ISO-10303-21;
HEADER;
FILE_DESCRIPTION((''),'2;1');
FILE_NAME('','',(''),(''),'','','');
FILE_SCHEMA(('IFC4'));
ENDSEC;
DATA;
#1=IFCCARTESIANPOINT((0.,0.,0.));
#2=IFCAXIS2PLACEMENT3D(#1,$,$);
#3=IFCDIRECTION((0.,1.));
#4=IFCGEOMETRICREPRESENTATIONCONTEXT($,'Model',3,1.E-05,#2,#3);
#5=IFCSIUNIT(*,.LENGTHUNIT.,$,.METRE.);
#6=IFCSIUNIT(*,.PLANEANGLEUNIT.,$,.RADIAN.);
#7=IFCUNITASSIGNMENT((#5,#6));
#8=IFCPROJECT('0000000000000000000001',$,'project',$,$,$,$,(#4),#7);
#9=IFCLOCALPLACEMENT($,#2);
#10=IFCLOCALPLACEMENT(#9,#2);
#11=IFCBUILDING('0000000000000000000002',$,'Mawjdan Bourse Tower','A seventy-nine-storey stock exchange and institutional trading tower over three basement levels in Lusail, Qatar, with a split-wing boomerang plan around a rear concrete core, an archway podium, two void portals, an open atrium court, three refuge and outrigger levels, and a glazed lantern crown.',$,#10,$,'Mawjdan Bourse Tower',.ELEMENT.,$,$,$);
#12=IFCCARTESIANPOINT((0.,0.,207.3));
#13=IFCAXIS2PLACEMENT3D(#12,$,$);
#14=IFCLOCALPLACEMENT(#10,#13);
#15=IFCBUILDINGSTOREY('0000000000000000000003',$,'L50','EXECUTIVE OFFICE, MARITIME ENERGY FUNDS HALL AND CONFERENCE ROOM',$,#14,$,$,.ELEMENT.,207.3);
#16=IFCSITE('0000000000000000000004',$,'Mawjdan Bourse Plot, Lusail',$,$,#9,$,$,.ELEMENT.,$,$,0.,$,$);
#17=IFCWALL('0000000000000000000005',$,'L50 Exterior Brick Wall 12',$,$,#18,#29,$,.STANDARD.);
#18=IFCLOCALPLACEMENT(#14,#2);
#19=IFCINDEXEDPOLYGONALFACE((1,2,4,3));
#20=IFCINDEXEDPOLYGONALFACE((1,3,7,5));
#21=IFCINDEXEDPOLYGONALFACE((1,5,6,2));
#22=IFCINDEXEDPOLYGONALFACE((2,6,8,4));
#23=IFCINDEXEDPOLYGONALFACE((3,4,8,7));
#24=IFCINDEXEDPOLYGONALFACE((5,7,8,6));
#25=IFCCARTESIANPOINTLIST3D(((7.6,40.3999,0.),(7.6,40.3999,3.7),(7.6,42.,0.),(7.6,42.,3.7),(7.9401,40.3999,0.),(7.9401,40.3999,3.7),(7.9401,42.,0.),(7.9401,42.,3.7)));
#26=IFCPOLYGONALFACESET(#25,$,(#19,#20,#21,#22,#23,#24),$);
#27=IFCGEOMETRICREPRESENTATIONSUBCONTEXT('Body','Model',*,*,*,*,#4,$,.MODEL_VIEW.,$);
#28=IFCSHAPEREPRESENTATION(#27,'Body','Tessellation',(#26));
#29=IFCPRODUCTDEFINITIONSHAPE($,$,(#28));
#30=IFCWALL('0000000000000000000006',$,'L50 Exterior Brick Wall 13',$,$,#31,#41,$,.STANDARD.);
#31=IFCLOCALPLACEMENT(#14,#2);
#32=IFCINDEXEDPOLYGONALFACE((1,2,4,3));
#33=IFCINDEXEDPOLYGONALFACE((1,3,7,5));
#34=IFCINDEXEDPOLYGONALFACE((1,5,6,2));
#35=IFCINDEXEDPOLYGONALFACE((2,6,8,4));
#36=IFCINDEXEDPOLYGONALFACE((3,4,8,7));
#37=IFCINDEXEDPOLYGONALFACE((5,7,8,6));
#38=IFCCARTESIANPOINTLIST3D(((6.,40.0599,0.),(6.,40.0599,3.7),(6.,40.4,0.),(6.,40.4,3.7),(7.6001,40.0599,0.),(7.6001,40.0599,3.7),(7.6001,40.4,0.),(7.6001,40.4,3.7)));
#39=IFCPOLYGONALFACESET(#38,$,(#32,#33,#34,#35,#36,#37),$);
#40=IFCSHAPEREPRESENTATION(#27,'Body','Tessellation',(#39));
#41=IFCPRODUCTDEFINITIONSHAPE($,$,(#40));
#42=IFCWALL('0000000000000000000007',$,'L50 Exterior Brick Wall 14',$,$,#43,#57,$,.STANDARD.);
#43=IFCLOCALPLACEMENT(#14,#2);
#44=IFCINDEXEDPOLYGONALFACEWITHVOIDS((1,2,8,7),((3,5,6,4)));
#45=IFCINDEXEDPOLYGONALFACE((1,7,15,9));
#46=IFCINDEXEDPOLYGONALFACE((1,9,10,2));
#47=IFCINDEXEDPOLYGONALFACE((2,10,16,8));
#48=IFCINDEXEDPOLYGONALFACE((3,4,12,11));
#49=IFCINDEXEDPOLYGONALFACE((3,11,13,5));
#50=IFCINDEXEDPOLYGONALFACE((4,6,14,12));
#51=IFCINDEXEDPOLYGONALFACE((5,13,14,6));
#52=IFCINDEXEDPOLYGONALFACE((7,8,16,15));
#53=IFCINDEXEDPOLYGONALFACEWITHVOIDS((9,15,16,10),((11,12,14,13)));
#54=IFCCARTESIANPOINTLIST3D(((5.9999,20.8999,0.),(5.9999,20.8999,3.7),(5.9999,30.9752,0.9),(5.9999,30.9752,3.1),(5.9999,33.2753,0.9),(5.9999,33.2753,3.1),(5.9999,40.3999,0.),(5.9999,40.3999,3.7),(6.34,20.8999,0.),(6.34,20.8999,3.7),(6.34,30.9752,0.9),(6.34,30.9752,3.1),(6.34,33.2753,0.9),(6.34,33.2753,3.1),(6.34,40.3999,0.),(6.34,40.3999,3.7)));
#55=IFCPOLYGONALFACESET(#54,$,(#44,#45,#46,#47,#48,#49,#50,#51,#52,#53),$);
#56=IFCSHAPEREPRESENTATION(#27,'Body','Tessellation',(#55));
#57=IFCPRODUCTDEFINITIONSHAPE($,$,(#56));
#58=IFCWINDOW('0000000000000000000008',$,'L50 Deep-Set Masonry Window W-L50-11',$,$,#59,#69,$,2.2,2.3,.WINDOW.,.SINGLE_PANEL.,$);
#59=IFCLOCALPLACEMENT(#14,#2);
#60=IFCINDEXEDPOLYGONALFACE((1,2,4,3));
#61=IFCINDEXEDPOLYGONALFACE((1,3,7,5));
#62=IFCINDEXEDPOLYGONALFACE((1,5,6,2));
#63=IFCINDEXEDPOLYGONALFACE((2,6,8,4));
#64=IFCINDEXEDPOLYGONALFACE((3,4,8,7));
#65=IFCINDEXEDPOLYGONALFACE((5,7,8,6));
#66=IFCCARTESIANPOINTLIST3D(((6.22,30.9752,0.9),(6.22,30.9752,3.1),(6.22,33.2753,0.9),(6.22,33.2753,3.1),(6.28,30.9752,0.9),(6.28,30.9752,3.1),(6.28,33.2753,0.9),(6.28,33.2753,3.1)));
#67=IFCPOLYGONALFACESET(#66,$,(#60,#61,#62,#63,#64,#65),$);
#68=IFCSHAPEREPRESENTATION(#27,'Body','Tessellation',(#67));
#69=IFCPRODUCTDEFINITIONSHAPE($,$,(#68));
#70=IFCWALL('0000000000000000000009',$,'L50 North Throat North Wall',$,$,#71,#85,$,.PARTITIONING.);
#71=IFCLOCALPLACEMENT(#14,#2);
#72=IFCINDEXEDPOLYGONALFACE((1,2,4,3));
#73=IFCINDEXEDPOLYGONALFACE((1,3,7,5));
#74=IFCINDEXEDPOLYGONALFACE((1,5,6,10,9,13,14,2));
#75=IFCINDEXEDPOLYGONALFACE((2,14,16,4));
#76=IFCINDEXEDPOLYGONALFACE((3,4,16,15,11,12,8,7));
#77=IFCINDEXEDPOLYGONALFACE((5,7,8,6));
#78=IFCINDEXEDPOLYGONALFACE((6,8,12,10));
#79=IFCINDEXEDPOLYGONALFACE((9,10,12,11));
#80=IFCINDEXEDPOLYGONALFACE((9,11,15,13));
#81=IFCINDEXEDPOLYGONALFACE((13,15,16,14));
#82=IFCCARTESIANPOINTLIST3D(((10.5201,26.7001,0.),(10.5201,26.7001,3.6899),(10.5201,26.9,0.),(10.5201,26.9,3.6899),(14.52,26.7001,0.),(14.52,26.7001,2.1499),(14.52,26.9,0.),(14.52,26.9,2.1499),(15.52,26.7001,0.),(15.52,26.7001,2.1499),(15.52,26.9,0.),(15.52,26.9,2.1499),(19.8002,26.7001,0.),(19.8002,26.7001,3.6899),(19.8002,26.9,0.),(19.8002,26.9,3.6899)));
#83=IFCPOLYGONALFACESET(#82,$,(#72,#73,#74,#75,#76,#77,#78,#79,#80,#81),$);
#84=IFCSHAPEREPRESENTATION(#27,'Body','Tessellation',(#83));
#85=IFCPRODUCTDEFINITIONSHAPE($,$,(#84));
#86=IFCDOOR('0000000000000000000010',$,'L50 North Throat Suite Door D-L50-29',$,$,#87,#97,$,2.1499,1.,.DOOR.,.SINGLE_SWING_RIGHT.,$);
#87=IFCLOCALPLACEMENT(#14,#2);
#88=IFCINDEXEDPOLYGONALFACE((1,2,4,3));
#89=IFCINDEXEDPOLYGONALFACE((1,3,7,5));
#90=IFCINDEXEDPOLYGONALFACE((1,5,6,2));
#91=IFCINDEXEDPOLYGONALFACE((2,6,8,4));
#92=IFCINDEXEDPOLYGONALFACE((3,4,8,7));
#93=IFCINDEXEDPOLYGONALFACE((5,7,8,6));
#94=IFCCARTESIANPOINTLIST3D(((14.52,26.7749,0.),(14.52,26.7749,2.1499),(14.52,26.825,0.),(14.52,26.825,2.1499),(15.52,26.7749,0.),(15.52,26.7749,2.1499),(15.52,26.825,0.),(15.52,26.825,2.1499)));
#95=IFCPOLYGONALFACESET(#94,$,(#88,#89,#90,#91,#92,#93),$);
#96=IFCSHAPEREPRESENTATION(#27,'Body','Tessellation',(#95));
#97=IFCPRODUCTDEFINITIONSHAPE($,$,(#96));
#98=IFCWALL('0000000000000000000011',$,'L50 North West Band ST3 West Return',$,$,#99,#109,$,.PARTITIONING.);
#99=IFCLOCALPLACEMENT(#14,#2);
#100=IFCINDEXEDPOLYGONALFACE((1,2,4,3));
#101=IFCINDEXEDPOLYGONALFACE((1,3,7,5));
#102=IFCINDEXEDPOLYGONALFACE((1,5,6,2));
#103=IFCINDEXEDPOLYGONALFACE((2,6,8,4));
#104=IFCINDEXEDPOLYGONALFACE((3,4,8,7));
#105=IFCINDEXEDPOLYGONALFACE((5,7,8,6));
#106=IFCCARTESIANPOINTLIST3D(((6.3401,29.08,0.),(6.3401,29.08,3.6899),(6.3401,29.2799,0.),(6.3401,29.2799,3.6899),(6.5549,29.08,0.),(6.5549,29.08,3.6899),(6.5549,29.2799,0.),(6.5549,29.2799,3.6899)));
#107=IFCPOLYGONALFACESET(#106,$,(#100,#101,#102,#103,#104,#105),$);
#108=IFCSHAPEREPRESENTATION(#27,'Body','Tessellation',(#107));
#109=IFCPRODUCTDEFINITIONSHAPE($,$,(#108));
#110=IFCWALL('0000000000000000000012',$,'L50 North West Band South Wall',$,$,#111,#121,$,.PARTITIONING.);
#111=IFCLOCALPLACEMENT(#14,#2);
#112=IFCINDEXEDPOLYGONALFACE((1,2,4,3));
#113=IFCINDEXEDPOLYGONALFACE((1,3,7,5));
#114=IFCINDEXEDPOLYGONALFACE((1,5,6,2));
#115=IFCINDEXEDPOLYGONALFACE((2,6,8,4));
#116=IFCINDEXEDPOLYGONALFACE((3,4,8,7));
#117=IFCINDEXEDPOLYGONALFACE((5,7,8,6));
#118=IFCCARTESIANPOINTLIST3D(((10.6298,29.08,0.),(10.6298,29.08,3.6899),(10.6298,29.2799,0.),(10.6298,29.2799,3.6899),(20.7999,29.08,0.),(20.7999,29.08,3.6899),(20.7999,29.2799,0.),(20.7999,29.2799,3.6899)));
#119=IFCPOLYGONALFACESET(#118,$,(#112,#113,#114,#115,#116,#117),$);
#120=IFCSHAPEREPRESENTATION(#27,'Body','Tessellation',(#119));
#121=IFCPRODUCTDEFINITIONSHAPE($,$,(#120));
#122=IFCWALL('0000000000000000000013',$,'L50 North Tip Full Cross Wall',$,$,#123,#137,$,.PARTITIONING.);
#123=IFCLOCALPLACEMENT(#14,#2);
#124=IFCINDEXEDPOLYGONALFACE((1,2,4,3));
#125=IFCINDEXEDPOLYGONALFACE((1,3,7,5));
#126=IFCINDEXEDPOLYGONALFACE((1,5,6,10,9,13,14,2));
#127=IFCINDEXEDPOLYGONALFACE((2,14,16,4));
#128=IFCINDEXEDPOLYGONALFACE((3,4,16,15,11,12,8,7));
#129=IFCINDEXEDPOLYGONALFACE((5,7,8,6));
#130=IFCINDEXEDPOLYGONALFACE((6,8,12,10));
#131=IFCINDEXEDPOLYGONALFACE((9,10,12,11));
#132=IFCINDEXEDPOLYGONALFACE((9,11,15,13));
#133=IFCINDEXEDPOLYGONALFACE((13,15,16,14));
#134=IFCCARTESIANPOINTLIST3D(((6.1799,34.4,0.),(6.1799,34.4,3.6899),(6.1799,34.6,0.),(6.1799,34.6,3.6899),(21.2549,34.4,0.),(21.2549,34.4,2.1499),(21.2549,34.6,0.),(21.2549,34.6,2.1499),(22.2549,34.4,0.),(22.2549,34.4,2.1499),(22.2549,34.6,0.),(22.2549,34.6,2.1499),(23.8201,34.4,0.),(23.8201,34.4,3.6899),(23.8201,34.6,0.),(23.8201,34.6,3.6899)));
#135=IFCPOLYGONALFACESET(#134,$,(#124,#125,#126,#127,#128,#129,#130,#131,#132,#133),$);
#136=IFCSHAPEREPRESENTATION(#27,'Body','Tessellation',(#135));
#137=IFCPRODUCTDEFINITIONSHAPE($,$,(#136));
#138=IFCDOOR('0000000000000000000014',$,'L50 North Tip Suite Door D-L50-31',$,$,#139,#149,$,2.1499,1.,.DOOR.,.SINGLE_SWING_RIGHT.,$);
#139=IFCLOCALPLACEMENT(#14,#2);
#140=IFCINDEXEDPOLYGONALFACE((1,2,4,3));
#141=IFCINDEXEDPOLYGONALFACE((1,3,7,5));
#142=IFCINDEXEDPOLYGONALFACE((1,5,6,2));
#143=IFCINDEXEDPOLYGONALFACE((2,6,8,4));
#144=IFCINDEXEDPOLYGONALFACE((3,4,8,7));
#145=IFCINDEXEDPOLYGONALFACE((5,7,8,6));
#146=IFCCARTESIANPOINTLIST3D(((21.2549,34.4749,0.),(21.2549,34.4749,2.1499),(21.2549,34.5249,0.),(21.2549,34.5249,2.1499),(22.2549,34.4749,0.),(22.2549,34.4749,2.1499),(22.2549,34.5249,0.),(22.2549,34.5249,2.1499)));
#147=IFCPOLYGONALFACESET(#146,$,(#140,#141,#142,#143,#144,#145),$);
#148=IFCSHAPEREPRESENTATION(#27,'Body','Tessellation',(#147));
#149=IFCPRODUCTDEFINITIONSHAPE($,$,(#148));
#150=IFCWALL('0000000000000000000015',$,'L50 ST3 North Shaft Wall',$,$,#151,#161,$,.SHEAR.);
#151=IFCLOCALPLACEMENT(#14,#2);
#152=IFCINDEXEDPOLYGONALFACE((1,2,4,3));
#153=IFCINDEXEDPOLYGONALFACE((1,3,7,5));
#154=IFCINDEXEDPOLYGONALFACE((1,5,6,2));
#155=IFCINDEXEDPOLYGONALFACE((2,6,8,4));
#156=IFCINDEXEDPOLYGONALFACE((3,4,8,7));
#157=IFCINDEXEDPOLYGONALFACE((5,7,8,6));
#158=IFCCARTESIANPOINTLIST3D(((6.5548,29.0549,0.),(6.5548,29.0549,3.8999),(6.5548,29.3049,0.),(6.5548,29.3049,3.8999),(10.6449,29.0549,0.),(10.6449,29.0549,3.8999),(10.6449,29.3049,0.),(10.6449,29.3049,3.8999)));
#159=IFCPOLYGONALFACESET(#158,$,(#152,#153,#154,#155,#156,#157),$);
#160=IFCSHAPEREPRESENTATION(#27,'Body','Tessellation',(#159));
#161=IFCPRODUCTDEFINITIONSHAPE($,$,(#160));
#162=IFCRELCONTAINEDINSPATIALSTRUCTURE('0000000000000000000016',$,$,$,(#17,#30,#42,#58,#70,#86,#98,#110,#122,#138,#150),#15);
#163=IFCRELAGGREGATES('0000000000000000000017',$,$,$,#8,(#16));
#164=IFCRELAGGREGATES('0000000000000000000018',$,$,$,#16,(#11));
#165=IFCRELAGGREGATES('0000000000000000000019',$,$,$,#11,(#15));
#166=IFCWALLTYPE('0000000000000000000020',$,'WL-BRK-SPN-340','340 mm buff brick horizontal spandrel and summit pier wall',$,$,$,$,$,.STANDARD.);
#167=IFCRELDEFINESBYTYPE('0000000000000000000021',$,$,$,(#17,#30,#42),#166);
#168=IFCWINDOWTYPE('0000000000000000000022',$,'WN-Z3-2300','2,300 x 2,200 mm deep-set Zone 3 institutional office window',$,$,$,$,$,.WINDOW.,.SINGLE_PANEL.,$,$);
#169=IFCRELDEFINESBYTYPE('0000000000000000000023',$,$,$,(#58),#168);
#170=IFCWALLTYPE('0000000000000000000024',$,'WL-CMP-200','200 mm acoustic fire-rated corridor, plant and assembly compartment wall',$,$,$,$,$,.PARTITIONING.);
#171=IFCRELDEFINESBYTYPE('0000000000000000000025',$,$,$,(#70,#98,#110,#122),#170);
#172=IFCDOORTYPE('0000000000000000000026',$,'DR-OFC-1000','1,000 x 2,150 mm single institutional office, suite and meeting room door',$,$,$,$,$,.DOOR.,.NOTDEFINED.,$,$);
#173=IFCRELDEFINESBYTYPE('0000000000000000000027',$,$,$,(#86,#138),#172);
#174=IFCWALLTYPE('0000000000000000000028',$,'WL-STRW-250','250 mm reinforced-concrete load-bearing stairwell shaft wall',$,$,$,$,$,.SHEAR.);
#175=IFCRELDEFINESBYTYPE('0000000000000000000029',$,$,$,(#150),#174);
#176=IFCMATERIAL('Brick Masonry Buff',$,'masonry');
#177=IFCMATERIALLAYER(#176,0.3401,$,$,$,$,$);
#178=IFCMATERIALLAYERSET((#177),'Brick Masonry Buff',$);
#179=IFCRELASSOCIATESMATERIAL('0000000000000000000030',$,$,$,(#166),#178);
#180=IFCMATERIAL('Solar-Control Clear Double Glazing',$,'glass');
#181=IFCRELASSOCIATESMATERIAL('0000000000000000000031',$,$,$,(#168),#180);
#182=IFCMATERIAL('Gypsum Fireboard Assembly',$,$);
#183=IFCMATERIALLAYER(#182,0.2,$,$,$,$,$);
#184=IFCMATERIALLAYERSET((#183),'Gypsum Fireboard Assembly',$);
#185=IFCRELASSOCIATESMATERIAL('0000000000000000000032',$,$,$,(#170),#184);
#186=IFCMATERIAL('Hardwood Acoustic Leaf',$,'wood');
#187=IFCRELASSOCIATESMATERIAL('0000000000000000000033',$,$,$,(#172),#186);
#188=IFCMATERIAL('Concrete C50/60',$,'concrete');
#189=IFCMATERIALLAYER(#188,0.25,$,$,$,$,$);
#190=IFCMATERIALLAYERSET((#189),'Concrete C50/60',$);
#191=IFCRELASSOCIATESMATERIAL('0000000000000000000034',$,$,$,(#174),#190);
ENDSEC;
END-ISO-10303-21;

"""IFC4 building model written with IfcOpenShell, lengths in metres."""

from ifc_helpers import new_model, si_unit, direction, frame, frame_2d, origin, place, context, subcontext, project, spatial, rectangle, extrude, material, layer, layer_set, type_object, element, fill, save


model = new_model("IFC4")

# Units and contexts
model_context = context("Model", 3, precision=1e-05, world=origin(), true_north=direction((0.0, 1.0)))
body_context = subcontext(model_context, "Body", "Model", "MODEL_VIEW")
ifc_project = project(units=[si_unit("LENGTHUNIT", "METRE"), si_unit("PLANEANGLEUNIT", "RADIAN")], contexts=[model_context])

# Site, building, storey
site_placement = place(None, origin())
site = spatial("IfcSite", under=ifc_project, at=site_placement, Name="Mawjdan Bourse Plot, Lusail", CompositionType="ELEMENT", RefElevation=0.0)
building_placement = place(site_placement, origin())
building = spatial("IfcBuilding", under=site, at=building_placement, Name="Mawjdan Bourse Tower", Description="A seventy-nine-storey stock exchange and institutional trading tower over three basement levels in Lusail, Qatar, with a split-wing boomerang plan around a rear concrete core, an archway podium, two void portals, an open atrium court, three refuge and outrigger levels, and a glazed lantern crown.", LongName="Mawjdan Bourse Tower", CompositionType="ELEMENT")
storey_placement = place(building_placement, frame((0.0, 0.0, 207.3)))
storey = spatial("IfcBuildingStorey", under=building, at=storey_placement, Name="L50", Description="EXECUTIVE OFFICE, MARITIME ENERGY FUNDS HALL AND CONFERENCE ROOM", CompositionType="ELEMENT", Elevation=207.3)

# Walls
ifc_material_1 = material(Name="Brick Masonry Buff", Category="masonry")
ifc_layer_1 = layer(ifc_material_1, 0.3401)
ifc_layer_set_1 = layer_set([ifc_layer_1], Name="Brick Masonry Buff")
wall_type_1 = type_object("IfcWallType", Name="WL-BRK-SPN-340", Description="340 mm buff brick horizontal spandrel and summit pier wall", PredefinedType="STANDARD", material=ifc_layer_set_1)
for number, where, z_axis, x_axis, name in (
    (1, (7.77, 42.0, 0.0), (0.0, 0.0, 1.0), (0.0, -1.0, 0.0), "L50 Exterior Brick Wall 12"),
    (2, (7.6001, 40.23, 0.0), (0.0, 0.0, 1.0), (-1.0, 0.0, 0.0), "L50 Exterior Brick Wall 13"),
):
    element("IfcWall", number, at=place(storey_placement, frame(where, z_axis=z_axis, x_axis=x_axis)), inside=storey, type_object=wall_type_1, Name=name, PredefinedType="STANDARD", context=body_context, shape_type="SweptSolid", body=[
        extrude(rectangle(XDim=1.6001, YDim=0.3401, at=frame_2d((0.8, 0.0))), origin(), (0.0, 0.0, 1.0), 3.7),
    ])

# Wall, opening, window
wall_1_placement = place(storey_placement, frame((6.1699, 40.3999, 0.0), z_axis=(0.0, 0.0, 1.0), x_axis=(0.0, -1.0, 0.0)))
wall_1 = element("IfcWall", 3, at=wall_1_placement, inside=storey, type_object=wall_type_1, Name="L50 Exterior Brick Wall 14", PredefinedType="STANDARD", context=body_context, shape_type="SweptSolid", body=[
    extrude(rectangle(XDim=19.5, YDim=0.3401, at=frame_2d((9.75, 0.0))), origin(), (0.0, 0.0, 1.0), 3.7),
])
opening_1_placement = place(wall_1_placement, frame((7.1248, 0.0, 0.8999)))
opening_1 = element("IfcOpeningElement", 4, at=opening_1_placement, cuts=wall_1, PredefinedType="OPENING", context=body_context, shape_type="SweptSolid", body=[
    extrude(rectangle(XDim=2.3, YDim=2.2, at=frame_2d((1.1499, 1.1001))), frame((0.0, 0.1802, 0.0), z_axis=(0.0, -1.0, 0.0), x_axis=(1.0, 0.0, 0.0)), (0.0, 0.0, 1.0), 0.3601),
])
ifc_material_2 = material(Name="Solar-Control Clear Double Glazing", Category="glass")
window_type = type_object("IfcWindowType", Name="WN-Z3-2300", Description="2,300 x 2,200 mm deep-set Zone 3 institutional office window", PartitioningType="SINGLE_PANEL", PredefinedType="WINDOW", material=ifc_material_2)
window_placement = place(opening_1_placement, origin())
window = element("IfcWindow", 5, at=window_placement, inside=storey, type_object=window_type, Name="L50 Deep-Set Masonry Window W-L50-11", OverallHeight=2.2, OverallWidth=2.3, PartitioningType="SINGLE_PANEL", PredefinedType="WINDOW", context=body_context, shape_type="SweptSolid", body=[
    extrude(rectangle(XDim=2.3, YDim=2.2, at=frame_2d((1.1499, 1.1001))), frame((0.0, 0.1101, 0.0), z_axis=(0.0, -1.0, 0.0), x_axis=(1.0, 0.0, 0.0)), (0.0, 0.0, 1.0), 0.0601),
])
fill(opening_1, window)

# Wall, opening, door
ifc_material_3 = material(Name="Gypsum Fireboard Assembly")
ifc_layer_2 = layer(ifc_material_3, 0.2)
ifc_layer_set_2 = layer_set([ifc_layer_2], Name="Gypsum Fireboard Assembly")
wall_type_2 = type_object("IfcWallType", Name="WL-CMP-200", Description="200 mm acoustic fire-rated corridor, plant and assembly compartment wall", PredefinedType="PARTITIONING", material=ifc_layer_set_2)
wall_2_placement = place(storey_placement, frame((10.52, 26.8, 0.0), z_axis=(0.0, 0.0, 1.0), x_axis=(1.0, 0.0, 0.0)))
wall_2 = element("IfcWall", 6, at=wall_2_placement, inside=storey, type_object=wall_type_2, Name="L50 North Throat North Wall", PredefinedType="PARTITIONING", context=body_context, shape_type="SweptSolid", body=[
    extrude(rectangle(XDim=9.28, YDim=0.2, at=frame_2d((4.6401, 0.0))), origin(), (0.0, 0.0, 1.0), 3.6899),
])
opening_2_placement = place(wall_2_placement, frame((4.0, 0.0, 0.0)))
opening_2 = element("IfcOpeningElement", 7, at=opening_2_placement, cuts=wall_2, PredefinedType="OPENING", context=body_context, shape_type="SweptSolid", body=[
    extrude(rectangle(XDim=1.0, YDim=2.1499, at=frame_2d((0.5, 1.075))), frame((0.0, 0.1099, 0.0), z_axis=(0.0, -1.0, 0.0), x_axis=(1.0, 0.0, 0.0)), (0.0, 0.0, 1.0), 0.22),
])
ifc_material_4 = material(Name="Hardwood Acoustic Leaf", Category="wood")
door_type = type_object("IfcDoorType", Name="DR-OFC-1000", Description="1,000 x 2,150 mm single institutional office, suite and meeting room door", OperationType="NOTDEFINED", PredefinedType="DOOR", material=ifc_material_4)
door_1_placement = place(opening_2_placement, origin())
door_1 = element("IfcDoor", 8, at=door_1_placement, inside=storey, type_object=door_type, Name="L50 North Throat Suite Door D-L50-29", OperationType="SINGLE_SWING_RIGHT", OverallHeight=2.1499, OverallWidth=1.0, PredefinedType="DOOR", context=body_context, shape_type="SweptSolid", body=[
    extrude(rectangle(XDim=1.0, YDim=2.1499, at=frame_2d((0.5, 1.075))), frame((0.0, 0.0249, 0.0), z_axis=(0.0, -1.0, 0.0), x_axis=(1.0, 0.0, 0.0)), (0.0, 0.0, 1.0), 0.05),
])
fill(opening_2, door_1)

# Walls
wall_3_placement = place(storey_placement, frame((6.3401, 29.1799, 0.0), z_axis=(0.0, 0.0, 1.0), x_axis=(1.0, 0.0, 0.0)))
element("IfcWall", 9, at=wall_3_placement, inside=storey, type_object=wall_type_2, Name="L50 North West Band ST3 West Return", PredefinedType="PARTITIONING", context=body_context, shape_type="SweptSolid", body=[
    extrude(rectangle(XDim=0.2148, YDim=0.2, at=frame_2d((0.1074, 0.0))), origin(), (0.0, 0.0, 1.0), 3.6899),
])
wall_4_placement = place(storey_placement, frame((10.6299, 29.1799, 0.0), z_axis=(0.0, 0.0, 1.0), x_axis=(1.0, 0.0, 0.0)))
element("IfcWall", 10, at=wall_4_placement, inside=storey, type_object=wall_type_2, Name="L50 North West Band South Wall", PredefinedType="PARTITIONING", context=body_context, shape_type="SweptSolid", body=[
    extrude(rectangle(XDim=10.1702, YDim=0.2, at=frame_2d((5.085, 0.0))), origin(), (0.0, 0.0, 1.0), 3.6899),
])

# Wall, opening, door
wall_5_placement = place(storey_placement, frame((6.1799, 34.5, 0.0), z_axis=(0.0, 0.0, 1.0), x_axis=(1.0, 0.0, 0.0)))
wall_5 = element("IfcWall", 11, at=wall_5_placement, inside=storey, type_object=wall_type_2, Name="L50 North Tip Full Cross Wall", PredefinedType="PARTITIONING", context=body_context, shape_type="SweptSolid", body=[
    extrude(rectangle(XDim=17.6401, YDim=0.2, at=frame_2d((8.8201, 0.0))), origin(), (0.0, 0.0, 1.0), 3.6899),
])
opening_3_placement = place(wall_5_placement, frame((15.075, 0.0, 0.0)))
opening_3 = element("IfcOpeningElement", 12, at=opening_3_placement, cuts=wall_5, PredefinedType="OPENING", context=body_context, shape_type="SweptSolid", body=[
    extrude(rectangle(XDim=1.0, YDim=2.1499, at=frame_2d((0.5, 1.075))), frame((0.0, 0.1099, 0.0), z_axis=(0.0, -1.0, 0.0), x_axis=(1.0, 0.0, 0.0)), (0.0, 0.0, 1.0), 0.22),
])
door_2_placement = place(opening_3_placement, origin())
door_2 = element("IfcDoor", 13, at=door_2_placement, inside=storey, type_object=door_type, Name="L50 North Tip Suite Door D-L50-31", OperationType="SINGLE_SWING_RIGHT", OverallHeight=2.1499, OverallWidth=1.0, PredefinedType="DOOR", context=body_context, shape_type="SweptSolid", body=[
    extrude(rectangle(XDim=1.0, YDim=2.1499, at=frame_2d((0.5, 1.075))), frame((0.0, 0.0249, 0.0), z_axis=(0.0, -1.0, 0.0), x_axis=(1.0, 0.0, 0.0)), (0.0, 0.0, 1.0), 0.05),
])
fill(opening_3, door_2)

# Wall
ifc_material_5 = material(Name="Concrete C50/60", Category="concrete")
ifc_layer_3 = layer(ifc_material_5, 0.25)
ifc_layer_set_3 = layer_set([ifc_layer_3], Name="Concrete C50/60")
wall_type_3 = type_object("IfcWallType", Name="WL-STRW-250", Description="250 mm reinforced-concrete load-bearing stairwell shaft wall", PredefinedType="SHEAR", material=ifc_layer_set_3)
wall_6_placement = place(storey_placement, frame((6.5549, 29.1799, 0.0), z_axis=(0.0, 0.0, 1.0), x_axis=(1.0, 0.0, 0.0)))
element("IfcWall", 14, at=wall_6_placement, inside=storey, type_object=wall_type_3, Name="L50 ST3 North Shaft Wall", PredefinedType="SHEAR", context=body_context, shape_type="SweptSolid", body=[
    extrude(rectangle(XDim=4.0901, YDim=0.25, at=frame_2d((2.0449, 0.0))), origin(), (0.0, 0.0, 1.0), 3.8999),
])

save(model, "model.ifc")
